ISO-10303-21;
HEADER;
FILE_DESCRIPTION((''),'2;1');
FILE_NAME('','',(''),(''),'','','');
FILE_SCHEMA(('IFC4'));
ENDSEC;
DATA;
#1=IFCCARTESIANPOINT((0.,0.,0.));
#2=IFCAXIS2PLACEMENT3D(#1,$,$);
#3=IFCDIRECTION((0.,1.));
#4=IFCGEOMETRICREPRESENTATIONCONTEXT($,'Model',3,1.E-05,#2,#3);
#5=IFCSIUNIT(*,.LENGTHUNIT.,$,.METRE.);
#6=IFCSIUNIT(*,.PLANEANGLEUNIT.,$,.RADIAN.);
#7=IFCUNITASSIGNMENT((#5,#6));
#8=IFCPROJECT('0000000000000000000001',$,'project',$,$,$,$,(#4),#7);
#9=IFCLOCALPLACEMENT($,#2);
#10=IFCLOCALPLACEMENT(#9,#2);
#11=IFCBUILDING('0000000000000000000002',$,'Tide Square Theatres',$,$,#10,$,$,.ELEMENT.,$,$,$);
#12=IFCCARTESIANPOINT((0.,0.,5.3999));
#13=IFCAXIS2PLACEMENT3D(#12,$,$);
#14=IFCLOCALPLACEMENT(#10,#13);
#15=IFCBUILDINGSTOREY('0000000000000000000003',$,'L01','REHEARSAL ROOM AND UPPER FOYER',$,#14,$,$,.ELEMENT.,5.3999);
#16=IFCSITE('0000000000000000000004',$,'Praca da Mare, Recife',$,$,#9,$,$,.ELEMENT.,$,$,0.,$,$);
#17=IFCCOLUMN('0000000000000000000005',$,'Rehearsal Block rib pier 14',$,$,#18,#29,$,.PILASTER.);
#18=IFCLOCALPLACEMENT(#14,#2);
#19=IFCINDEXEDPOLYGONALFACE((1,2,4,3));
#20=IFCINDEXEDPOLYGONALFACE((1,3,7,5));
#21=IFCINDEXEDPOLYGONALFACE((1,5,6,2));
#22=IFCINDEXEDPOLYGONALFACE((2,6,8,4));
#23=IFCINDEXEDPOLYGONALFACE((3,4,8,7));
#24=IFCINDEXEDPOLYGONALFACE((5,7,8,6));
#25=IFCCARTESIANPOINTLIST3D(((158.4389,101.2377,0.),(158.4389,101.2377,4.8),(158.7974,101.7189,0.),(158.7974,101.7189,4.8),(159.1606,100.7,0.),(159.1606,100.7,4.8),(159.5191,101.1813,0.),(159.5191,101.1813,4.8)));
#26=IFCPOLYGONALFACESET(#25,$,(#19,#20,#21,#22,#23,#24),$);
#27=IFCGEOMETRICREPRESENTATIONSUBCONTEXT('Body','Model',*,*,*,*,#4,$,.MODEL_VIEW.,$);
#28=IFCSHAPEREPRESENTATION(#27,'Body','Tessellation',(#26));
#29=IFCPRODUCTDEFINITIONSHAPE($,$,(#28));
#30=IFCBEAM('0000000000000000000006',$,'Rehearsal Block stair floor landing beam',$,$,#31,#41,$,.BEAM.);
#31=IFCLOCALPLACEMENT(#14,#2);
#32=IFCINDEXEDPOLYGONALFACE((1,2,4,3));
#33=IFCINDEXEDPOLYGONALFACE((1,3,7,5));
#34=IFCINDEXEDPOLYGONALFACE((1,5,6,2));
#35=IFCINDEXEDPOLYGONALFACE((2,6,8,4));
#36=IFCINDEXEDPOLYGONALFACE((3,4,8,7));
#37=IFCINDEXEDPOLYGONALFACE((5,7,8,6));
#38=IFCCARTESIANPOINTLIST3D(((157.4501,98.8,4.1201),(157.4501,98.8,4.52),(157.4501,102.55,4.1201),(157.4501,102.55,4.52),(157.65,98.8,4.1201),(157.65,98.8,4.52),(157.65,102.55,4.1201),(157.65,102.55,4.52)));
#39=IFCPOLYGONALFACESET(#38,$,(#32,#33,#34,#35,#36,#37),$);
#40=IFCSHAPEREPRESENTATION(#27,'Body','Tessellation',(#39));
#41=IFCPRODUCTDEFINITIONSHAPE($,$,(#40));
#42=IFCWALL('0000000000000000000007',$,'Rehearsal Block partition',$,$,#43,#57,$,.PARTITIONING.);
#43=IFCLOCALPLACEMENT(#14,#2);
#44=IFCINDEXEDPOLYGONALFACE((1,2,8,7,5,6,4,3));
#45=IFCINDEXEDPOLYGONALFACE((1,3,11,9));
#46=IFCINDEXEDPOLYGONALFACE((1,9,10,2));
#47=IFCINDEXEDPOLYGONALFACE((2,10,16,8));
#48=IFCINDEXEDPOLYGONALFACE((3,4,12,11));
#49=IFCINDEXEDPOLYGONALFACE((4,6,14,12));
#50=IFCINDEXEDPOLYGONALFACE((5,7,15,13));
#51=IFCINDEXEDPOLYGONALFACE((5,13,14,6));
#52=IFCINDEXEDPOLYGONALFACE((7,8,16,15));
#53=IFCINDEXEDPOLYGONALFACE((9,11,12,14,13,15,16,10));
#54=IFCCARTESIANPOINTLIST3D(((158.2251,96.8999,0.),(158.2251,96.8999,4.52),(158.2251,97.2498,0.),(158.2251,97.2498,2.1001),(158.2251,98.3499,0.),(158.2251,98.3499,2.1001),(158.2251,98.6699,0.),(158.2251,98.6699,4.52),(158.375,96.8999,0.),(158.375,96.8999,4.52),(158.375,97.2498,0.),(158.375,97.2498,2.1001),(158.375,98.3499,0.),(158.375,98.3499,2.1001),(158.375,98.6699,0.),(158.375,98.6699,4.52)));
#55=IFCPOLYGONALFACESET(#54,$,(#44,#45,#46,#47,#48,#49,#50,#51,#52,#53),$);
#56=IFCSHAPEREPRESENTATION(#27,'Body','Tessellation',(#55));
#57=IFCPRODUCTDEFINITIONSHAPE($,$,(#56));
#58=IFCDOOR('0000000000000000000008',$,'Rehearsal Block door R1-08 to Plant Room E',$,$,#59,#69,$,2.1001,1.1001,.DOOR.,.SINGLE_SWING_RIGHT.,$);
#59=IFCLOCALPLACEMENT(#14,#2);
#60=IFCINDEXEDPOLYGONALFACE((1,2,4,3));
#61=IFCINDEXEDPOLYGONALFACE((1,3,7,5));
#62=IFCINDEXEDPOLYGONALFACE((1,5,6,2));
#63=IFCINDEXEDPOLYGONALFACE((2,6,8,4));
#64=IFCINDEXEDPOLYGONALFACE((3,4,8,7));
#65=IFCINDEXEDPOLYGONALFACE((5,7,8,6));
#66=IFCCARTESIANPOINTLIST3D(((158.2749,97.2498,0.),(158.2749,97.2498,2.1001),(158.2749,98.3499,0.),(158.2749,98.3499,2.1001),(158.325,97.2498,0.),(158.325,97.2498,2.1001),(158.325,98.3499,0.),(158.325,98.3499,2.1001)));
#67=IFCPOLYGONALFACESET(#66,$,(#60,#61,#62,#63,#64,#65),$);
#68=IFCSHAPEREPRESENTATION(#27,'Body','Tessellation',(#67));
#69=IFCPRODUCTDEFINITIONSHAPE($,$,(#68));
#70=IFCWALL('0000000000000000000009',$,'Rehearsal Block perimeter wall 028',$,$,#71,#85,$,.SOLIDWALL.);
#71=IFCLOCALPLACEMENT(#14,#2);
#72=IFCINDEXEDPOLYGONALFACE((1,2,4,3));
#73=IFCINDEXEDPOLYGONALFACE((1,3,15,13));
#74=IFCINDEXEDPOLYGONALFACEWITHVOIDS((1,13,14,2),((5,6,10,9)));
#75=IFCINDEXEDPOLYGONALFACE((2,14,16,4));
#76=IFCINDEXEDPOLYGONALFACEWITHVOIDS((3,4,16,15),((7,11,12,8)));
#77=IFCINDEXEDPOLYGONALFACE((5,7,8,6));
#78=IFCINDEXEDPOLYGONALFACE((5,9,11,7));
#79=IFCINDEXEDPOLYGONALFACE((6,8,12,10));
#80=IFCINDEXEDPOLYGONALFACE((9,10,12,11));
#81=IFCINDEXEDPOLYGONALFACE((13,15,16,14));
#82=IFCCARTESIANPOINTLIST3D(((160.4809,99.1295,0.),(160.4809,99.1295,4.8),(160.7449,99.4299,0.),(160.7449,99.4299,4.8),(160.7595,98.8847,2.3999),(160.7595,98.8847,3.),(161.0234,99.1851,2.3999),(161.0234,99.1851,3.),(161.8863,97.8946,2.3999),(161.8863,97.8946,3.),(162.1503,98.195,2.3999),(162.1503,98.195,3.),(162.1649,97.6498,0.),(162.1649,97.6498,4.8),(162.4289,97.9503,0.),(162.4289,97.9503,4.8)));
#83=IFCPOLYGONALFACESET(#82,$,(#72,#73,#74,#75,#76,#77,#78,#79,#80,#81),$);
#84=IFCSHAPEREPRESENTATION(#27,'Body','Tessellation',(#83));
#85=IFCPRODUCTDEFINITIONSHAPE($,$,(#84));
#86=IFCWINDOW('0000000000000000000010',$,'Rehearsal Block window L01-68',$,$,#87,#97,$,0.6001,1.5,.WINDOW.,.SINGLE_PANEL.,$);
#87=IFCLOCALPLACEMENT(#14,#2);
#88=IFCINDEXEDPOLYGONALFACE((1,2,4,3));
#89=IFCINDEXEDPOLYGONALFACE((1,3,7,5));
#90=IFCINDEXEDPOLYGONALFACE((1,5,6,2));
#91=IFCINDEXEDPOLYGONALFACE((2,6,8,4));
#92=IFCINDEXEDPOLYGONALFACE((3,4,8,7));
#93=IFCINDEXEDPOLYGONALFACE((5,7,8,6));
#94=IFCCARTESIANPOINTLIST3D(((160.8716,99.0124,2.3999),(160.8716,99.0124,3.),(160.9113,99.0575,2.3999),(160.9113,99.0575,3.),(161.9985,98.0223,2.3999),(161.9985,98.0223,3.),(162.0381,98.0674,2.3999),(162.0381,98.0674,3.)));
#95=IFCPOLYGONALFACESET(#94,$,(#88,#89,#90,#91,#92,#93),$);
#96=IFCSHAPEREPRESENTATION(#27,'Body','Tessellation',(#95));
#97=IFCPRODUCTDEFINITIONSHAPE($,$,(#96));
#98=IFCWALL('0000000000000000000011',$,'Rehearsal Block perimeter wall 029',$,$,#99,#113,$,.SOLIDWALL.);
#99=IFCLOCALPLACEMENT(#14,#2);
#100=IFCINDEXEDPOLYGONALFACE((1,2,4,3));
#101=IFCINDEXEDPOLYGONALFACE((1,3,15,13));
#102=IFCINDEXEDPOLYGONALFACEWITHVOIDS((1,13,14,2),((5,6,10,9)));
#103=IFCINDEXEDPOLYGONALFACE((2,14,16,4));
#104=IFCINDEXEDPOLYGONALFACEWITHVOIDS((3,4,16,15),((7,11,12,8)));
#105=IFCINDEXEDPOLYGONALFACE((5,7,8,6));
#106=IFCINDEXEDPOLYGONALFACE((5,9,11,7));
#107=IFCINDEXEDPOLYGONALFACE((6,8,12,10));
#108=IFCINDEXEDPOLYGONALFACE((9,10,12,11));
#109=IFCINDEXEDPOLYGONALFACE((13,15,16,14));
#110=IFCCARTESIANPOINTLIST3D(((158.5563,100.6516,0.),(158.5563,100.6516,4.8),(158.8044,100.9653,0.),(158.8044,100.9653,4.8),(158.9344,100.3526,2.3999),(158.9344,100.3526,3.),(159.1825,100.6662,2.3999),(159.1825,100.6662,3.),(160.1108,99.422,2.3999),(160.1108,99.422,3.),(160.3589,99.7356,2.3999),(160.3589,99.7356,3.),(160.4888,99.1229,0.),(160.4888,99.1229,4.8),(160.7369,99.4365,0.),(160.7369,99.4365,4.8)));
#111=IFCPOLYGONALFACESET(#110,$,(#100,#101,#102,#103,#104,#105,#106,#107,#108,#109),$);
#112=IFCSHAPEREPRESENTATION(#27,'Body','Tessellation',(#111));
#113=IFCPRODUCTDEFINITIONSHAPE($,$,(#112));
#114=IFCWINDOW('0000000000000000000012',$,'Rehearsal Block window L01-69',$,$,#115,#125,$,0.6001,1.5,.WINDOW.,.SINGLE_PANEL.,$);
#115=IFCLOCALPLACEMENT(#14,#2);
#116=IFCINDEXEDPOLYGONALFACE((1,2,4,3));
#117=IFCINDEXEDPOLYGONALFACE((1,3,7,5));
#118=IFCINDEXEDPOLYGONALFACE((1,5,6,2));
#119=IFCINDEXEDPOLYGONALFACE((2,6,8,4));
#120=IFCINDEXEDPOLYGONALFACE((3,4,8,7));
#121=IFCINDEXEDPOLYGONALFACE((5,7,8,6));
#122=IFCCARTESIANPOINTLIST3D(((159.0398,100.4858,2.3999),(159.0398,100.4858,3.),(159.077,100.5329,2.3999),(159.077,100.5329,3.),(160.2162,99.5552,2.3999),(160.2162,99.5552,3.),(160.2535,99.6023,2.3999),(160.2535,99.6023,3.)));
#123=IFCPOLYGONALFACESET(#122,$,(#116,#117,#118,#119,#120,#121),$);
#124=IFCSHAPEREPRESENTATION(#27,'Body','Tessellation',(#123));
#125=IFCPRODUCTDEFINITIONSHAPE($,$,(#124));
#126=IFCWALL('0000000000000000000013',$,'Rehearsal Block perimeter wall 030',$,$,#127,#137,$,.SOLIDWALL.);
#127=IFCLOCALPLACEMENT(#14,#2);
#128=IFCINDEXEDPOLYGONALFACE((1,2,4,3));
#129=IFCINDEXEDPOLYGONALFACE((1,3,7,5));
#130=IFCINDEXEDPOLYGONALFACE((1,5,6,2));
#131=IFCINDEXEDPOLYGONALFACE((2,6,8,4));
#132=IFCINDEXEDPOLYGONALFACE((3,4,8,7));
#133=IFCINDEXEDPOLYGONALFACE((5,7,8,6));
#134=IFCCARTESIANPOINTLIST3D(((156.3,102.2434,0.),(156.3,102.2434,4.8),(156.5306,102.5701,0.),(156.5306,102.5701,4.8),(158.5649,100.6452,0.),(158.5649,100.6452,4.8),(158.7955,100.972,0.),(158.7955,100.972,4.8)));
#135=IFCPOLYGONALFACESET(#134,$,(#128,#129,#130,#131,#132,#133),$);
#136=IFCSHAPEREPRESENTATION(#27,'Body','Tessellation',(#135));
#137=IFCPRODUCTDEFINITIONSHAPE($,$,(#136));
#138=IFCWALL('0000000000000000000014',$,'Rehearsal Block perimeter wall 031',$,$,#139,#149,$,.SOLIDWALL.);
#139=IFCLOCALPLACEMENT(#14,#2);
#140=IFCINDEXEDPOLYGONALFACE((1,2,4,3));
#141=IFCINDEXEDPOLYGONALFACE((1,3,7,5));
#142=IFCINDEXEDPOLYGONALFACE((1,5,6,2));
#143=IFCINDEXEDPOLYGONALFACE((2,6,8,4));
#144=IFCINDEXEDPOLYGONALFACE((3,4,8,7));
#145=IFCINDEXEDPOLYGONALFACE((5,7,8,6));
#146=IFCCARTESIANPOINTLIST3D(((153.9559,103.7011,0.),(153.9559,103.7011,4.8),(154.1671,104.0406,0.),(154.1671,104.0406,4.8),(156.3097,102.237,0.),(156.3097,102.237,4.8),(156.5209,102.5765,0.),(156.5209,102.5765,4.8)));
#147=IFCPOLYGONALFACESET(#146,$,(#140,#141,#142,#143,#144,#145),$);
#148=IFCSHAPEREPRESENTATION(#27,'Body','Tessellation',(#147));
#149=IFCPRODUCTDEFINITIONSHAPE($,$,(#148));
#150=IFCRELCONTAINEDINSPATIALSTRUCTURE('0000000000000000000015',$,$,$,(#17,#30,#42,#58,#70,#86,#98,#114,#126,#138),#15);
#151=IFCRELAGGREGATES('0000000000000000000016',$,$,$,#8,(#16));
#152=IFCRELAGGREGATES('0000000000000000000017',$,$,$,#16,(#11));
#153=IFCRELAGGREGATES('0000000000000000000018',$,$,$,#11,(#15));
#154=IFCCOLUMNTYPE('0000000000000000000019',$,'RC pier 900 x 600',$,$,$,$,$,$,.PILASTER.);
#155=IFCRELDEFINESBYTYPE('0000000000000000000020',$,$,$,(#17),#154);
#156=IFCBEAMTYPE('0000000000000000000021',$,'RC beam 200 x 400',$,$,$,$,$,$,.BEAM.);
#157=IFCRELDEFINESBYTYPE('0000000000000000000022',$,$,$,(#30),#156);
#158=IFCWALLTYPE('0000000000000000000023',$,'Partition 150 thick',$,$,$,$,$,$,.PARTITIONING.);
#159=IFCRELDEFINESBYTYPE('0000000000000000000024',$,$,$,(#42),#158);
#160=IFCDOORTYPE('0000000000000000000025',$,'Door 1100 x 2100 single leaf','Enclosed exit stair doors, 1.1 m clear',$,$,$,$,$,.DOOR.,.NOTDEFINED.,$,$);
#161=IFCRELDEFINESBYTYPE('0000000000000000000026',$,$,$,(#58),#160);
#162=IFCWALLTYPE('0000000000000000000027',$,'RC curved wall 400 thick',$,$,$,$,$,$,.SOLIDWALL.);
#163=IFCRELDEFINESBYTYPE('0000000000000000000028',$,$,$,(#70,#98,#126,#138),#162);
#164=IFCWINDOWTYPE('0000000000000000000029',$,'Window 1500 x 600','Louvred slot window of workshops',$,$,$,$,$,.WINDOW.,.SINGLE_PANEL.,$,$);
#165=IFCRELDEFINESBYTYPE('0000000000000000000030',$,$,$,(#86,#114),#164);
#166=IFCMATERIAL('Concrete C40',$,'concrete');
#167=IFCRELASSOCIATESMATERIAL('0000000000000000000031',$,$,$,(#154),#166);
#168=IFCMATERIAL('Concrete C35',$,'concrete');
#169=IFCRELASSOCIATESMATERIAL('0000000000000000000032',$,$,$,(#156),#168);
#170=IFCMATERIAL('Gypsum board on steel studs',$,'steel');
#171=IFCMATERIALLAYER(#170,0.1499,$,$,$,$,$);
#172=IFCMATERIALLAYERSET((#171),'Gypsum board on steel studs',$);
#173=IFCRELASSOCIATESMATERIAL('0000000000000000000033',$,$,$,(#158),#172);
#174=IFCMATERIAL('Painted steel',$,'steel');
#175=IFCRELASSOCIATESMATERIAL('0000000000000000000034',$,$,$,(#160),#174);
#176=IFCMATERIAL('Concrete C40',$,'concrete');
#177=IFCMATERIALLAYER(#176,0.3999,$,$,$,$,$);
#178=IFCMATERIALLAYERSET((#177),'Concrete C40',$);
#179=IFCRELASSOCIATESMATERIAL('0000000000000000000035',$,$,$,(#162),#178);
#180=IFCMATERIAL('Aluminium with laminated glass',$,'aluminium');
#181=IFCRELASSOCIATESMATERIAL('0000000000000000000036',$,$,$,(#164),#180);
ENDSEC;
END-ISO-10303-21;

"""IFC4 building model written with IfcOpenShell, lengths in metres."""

from ifc_helpers import new_model, si_unit, direction, frame, frame_2d, origin, origin_2d, place, context, subcontext, project, spatial, rectangle, extrude, material, layer, layer_set, material_profile, profile_set, type_object, element, fill, save


model = new_model("IFC4")

# Units and contexts
model_context = context("Model", 3, precision=1e-05, world=origin(), true_north=direction((0.0, 1.0)))
body_context = subcontext(model_context, "Body", "Model", "MODEL_VIEW")
ifc_project = project(units=[si_unit("LENGTHUNIT", "METRE"), si_unit("PLANEANGLEUNIT", "RADIAN")], contexts=[model_context])

# Site, building, storey
site_placement = place(None, origin())
site = spatial("IfcSite", under=ifc_project, at=site_placement, Name="Praca da Mare, Recife", CompositionType="ELEMENT", RefElevation=0.0)
building_placement = place(site_placement, origin())
building = spatial("IfcBuilding", under=site, at=building_placement, Name="Tide Square Theatres", CompositionType="ELEMENT")
storey_placement = place(building_placement, frame((0.0, 0.0, 5.3999)))
storey = spatial("IfcBuildingStorey", under=building, at=storey_placement, Name="L01", Description="REHEARSAL ROOM AND UPPER FOYER", CompositionType="ELEMENT", Elevation=5.3999)

# Column
ifc_material_1 = material(Name="Concrete C40", Category="concrete")
ifc_material_profile_1 = material_profile(ifc_material_1, rectangle(XDim=0.8999, YDim=0.6001, at=origin_2d()))
ifc_profile_set_1 = profile_set([ifc_material_profile_1], Name="Concrete C40")
column_type = type_object("IfcColumnType", Name="RC pier 900 x 600", PredefinedType="PILASTER", material=ifc_profile_set_1)
column_placement = place(storey_placement, frame((158.979, 101.2095, 0.0), z_axis=(0.0, 0.0, 1.0), x_axis=(-0.801928, 0.597421, 0.0)))
element("IfcColumn", 1, at=column_placement, inside=storey, type_object=column_type, Name="Rehearsal Block rib pier 14", PredefinedType="PILASTER", context=body_context, shape_type="SweptSolid", body=[
    extrude(rectangle(XDim=0.8999, YDim=0.6001, at=origin_2d()), origin(), (0.0, 0.0, 1.0), 4.8),
])

# Beam
ifc_material_2 = material(Name="Concrete C35", Category="concrete")
ifc_material_profile_2 = material_profile(ifc_material_2, rectangle(XDim=0.2, YDim=0.3999, at=origin_2d()))
ifc_profile_set_2 = profile_set([ifc_material_profile_2], Name="Concrete C35")
beam_type = type_object("IfcBeamType", Name="RC beam 200 x 400", PredefinedType="BEAM", material=ifc_profile_set_2)
beam_placement = place(storey_placement, frame((157.55, 102.55, 4.3201), z_axis=(0.0, -1.0, 0.0), x_axis=(1.0, 0.0, 0.0)))
element("IfcBeam", 2, at=beam_placement, inside=storey, type_object=beam_type, Name="Rehearsal Block stair floor landing beam", PredefinedType="BEAM", context=body_context, shape_type="SweptSolid", body=[
    extrude(rectangle(XDim=0.2, YDim=0.3999, at=origin_2d()), origin(), (0.0, 0.0, 1.0), 3.75),
])

# Wall, opening, door
ifc_material_3 = material(Name="Gypsum board on steel studs", Category="steel")
ifc_layer_1 = layer(ifc_material_3, 0.1499)
ifc_layer_set_1 = layer_set([ifc_layer_1], Name="Gypsum board on steel studs")
wall_type_1 = type_object("IfcWallType", Name="Partition 150 thick", PredefinedType="PARTITIONING", material=ifc_layer_set_1)
wall_1_placement = place(storey_placement, frame((158.3, 98.6699, 0.0), z_axis=(0.0, 0.0, 1.0), x_axis=(0.0, -1.0, 0.0)))
wall_1 = element("IfcWall", 3, at=wall_1_placement, inside=storey, type_object=wall_type_1, Name="Rehearsal Block partition", PredefinedType="PARTITIONING", context=body_context, shape_type="SweptSolid", body=[
    extrude(rectangle(XDim=1.77, YDim=0.1499, at=frame_2d((0.885, 0.0))), origin(), (0.0, 0.0, 1.0), 4.52),
])
opening_1_placement = place(wall_1_placement, frame((0.3201, 0.0, 0.0)))
opening_1 = element("IfcOpeningElement", 4, at=opening_1_placement, cuts=wall_1, PredefinedType="OPENING", context=body_context, shape_type="SweptSolid", body=[
    extrude(rectangle(XDim=1.1001, YDim=2.1001, at=frame_2d((0.55, 1.05))), frame((0.0, 0.085, 0.0), z_axis=(0.0, -1.0, 0.0), x_axis=(1.0, 0.0, 0.0)), (0.0, 0.0, 1.0), 0.1699),
])
ifc_material_4 = material(Name="Painted steel", Category="steel")
door_type_1 = type_object("IfcDoorType", Name="Door 1100 x 2100 single leaf", Description="Enclosed exit stair doors, 1.1 m clear", OperationType="NOTDEFINED", PredefinedType="DOOR", material=ifc_material_4)
door_1_placement = place(opening_1_placement, origin())
door_1 = element("IfcDoor", 5, at=door_1_placement, inside=storey, type_object=door_type_1, Name="Rehearsal Block door R1-08 to Plant Room E", OperationType="SINGLE_SWING_RIGHT", OverallHeight=2.1001, OverallWidth=1.1001, PredefinedType="DOOR", context=body_context, shape_type="SweptSolid", body=[
    extrude(rectangle(XDim=1.1001, YDim=2.1001, at=frame_2d((0.55, 1.05))), frame((0.0, 0.0249, 0.0), z_axis=(0.0, -1.0, 0.0), x_axis=(1.0, 0.0, 0.0)), (0.0, 0.0, 1.0), 0.05),
])
fill(opening_1, door_1)

# Walls, openings, windows
ifc_material_5 = material(Name="Concrete C40", Category="concrete")
ifc_layer_2 = layer(ifc_material_5, 0.3999)
ifc_layer_set_2 = layer_set([ifc_layer_2], Name="Concrete C40")
wall_type_2 = type_object("IfcWallType", Name="RC curved wall 400 thick", PredefinedType="SOLIDWALL", material=ifc_layer_set_2)
wall_2_placement = place(storey_placement, frame((162.2969, 97.8, 0.0), z_axis=(0.0, 0.0, 1.0), x_axis=(-0.751212, 0.660061, 0.0)))
wall_2 = element("IfcWall", 6, at=wall_2_placement, inside=storey, type_object=wall_type_2, Name="Rehearsal Block perimeter wall 028", PredefinedType="SOLIDWALL", context=body_context, shape_type="SweptSolid", body=[
    extrude(rectangle(XDim=2.2417, YDim=0.3999, at=frame_2d((1.1208, 0.0))), origin(), (0.0, 0.0, 1.0), 4.8),
])
opening_2_placement = place(wall_2_placement, frame((0.3708, 0.0, 2.3999)))
opening_2 = element("IfcOpeningElement", 7, at=opening_2_placement, cuts=wall_2, PredefinedType="OPENING", context=body_context, shape_type="SweptSolid", body=[
    extrude(rectangle(XDim=1.5, YDim=0.6001, at=frame_2d((0.75, 0.3))), frame((0.0, 0.21, 0.0), z_axis=(0.0, -1.0, 0.0), x_axis=(1.0, 0.0, 0.0)), (0.0, 0.0, 1.0), 0.4199),
])
ifc_material_6 = material(Name="Aluminium with laminated glass", Category="aluminium")
window_type_1 = type_object("IfcWindowType", Name="Window 1500 x 600", Description="Louvred slot window of workshops", PartitioningType="SINGLE_PANEL", PredefinedType="WINDOW", material=ifc_material_6)
window_1_placement = place(opening_2_placement, origin())
window_1 = element("IfcWindow", 8, at=window_1_placement, inside=storey, type_object=window_type_1, Name="Rehearsal Block window L01-68", OverallHeight=0.6001, OverallWidth=1.5, PartitioningType="SINGLE_PANEL", PredefinedType="WINDOW", context=body_context, shape_type="SweptSolid", body=[
    extrude(rectangle(XDim=1.5, YDim=0.6001, at=frame_2d((0.75, 0.3))), frame((0.0, 0.03, 0.0), z_axis=(0.0, -1.0, 0.0), x_axis=(1.0, 0.0, 0.0)), (0.0, 0.0, 1.0), 0.0601),
])
fill(opening_2, window_1)
wall_3_placement = place(storey_placement, frame((160.6128, 99.2798, 0.0), z_axis=(0.0, 0.0, 1.0), x_axis=(-0.784279, 0.620409, 0.0)))
wall_3 = element("IfcWall", 9, at=wall_3_placement, inside=storey, type_object=wall_type_2, Name="Rehearsal Block perimeter wall 029", PredefinedType="SOLIDWALL", context=body_context, shape_type="SweptSolid", body=[
    extrude(rectangle(XDim=2.4641, YDim=0.3999, at=frame_2d((1.2319, 0.0))), origin(), (0.0, 0.0, 1.0), 4.8),
])
opening_3_placement = place(wall_3_placement, frame((0.4819, 0.0, 2.3999)))
opening_3 = element("IfcOpeningElement", 10, at=opening_3_placement, cuts=wall_3, PredefinedType="OPENING", context=body_context, shape_type="SweptSolid", body=[
    extrude(rectangle(XDim=1.5, YDim=0.6001, at=frame_2d((0.75, 0.3))), frame((0.0, 0.21, 0.0), z_axis=(0.0, -1.0, 0.0), x_axis=(1.0, 0.0, 0.0)), (0.0, 0.0, 1.0), 0.4199),
])
window_2_placement = place(opening_3_placement, origin())
window_2 = element("IfcWindow", 11, at=window_2_placement, inside=storey, type_object=window_type_1, Name="Rehearsal Block window L01-69", OverallHeight=0.6001, OverallWidth=1.5, PartitioningType="SINGLE_PANEL", PredefinedType="WINDOW", context=body_context, shape_type="SweptSolid", body=[
    extrude(rectangle(XDim=1.5, YDim=0.6001, at=frame_2d((0.75, 0.3))), frame((0.0, 0.03, 0.0), z_axis=(0.0, -1.0, 0.0), x_axis=(1.0, 0.0, 0.0)), (0.0, 0.0, 1.0), 0.0601),
])
fill(opening_3, window_2)

# Walls
for number, where, z_axis, x_axis, name in (
    (12, (158.6802, 100.8086, 0.0), (0.0, 0.0, 1.0), (-0.81707, 0.576538, 0.0), "Rehearsal Block perimeter wall 030"),
    (13, (156.4153, 102.4067, 0.0), (0.0, 0.0, 1.0), (-0.849129, 0.528185, 0.0), "Rehearsal Block perimeter wall 031"),
):
    element("IfcWall", number, at=place(storey_placement, frame(where, z_axis=z_axis, x_axis=x_axis)), inside=storey, type_object=wall_type_2, Name=name, PredefinedType="SOLIDWALL", context=body_context, shape_type="SweptSolid", body=[
        extrude(rectangle(XDim=2.772, YDim=0.3999, at=frame_2d((1.386, 0.0))), origin(), (0.0, 0.0, 1.0), 4.8),
    ])

save(model, "model.ifc")
